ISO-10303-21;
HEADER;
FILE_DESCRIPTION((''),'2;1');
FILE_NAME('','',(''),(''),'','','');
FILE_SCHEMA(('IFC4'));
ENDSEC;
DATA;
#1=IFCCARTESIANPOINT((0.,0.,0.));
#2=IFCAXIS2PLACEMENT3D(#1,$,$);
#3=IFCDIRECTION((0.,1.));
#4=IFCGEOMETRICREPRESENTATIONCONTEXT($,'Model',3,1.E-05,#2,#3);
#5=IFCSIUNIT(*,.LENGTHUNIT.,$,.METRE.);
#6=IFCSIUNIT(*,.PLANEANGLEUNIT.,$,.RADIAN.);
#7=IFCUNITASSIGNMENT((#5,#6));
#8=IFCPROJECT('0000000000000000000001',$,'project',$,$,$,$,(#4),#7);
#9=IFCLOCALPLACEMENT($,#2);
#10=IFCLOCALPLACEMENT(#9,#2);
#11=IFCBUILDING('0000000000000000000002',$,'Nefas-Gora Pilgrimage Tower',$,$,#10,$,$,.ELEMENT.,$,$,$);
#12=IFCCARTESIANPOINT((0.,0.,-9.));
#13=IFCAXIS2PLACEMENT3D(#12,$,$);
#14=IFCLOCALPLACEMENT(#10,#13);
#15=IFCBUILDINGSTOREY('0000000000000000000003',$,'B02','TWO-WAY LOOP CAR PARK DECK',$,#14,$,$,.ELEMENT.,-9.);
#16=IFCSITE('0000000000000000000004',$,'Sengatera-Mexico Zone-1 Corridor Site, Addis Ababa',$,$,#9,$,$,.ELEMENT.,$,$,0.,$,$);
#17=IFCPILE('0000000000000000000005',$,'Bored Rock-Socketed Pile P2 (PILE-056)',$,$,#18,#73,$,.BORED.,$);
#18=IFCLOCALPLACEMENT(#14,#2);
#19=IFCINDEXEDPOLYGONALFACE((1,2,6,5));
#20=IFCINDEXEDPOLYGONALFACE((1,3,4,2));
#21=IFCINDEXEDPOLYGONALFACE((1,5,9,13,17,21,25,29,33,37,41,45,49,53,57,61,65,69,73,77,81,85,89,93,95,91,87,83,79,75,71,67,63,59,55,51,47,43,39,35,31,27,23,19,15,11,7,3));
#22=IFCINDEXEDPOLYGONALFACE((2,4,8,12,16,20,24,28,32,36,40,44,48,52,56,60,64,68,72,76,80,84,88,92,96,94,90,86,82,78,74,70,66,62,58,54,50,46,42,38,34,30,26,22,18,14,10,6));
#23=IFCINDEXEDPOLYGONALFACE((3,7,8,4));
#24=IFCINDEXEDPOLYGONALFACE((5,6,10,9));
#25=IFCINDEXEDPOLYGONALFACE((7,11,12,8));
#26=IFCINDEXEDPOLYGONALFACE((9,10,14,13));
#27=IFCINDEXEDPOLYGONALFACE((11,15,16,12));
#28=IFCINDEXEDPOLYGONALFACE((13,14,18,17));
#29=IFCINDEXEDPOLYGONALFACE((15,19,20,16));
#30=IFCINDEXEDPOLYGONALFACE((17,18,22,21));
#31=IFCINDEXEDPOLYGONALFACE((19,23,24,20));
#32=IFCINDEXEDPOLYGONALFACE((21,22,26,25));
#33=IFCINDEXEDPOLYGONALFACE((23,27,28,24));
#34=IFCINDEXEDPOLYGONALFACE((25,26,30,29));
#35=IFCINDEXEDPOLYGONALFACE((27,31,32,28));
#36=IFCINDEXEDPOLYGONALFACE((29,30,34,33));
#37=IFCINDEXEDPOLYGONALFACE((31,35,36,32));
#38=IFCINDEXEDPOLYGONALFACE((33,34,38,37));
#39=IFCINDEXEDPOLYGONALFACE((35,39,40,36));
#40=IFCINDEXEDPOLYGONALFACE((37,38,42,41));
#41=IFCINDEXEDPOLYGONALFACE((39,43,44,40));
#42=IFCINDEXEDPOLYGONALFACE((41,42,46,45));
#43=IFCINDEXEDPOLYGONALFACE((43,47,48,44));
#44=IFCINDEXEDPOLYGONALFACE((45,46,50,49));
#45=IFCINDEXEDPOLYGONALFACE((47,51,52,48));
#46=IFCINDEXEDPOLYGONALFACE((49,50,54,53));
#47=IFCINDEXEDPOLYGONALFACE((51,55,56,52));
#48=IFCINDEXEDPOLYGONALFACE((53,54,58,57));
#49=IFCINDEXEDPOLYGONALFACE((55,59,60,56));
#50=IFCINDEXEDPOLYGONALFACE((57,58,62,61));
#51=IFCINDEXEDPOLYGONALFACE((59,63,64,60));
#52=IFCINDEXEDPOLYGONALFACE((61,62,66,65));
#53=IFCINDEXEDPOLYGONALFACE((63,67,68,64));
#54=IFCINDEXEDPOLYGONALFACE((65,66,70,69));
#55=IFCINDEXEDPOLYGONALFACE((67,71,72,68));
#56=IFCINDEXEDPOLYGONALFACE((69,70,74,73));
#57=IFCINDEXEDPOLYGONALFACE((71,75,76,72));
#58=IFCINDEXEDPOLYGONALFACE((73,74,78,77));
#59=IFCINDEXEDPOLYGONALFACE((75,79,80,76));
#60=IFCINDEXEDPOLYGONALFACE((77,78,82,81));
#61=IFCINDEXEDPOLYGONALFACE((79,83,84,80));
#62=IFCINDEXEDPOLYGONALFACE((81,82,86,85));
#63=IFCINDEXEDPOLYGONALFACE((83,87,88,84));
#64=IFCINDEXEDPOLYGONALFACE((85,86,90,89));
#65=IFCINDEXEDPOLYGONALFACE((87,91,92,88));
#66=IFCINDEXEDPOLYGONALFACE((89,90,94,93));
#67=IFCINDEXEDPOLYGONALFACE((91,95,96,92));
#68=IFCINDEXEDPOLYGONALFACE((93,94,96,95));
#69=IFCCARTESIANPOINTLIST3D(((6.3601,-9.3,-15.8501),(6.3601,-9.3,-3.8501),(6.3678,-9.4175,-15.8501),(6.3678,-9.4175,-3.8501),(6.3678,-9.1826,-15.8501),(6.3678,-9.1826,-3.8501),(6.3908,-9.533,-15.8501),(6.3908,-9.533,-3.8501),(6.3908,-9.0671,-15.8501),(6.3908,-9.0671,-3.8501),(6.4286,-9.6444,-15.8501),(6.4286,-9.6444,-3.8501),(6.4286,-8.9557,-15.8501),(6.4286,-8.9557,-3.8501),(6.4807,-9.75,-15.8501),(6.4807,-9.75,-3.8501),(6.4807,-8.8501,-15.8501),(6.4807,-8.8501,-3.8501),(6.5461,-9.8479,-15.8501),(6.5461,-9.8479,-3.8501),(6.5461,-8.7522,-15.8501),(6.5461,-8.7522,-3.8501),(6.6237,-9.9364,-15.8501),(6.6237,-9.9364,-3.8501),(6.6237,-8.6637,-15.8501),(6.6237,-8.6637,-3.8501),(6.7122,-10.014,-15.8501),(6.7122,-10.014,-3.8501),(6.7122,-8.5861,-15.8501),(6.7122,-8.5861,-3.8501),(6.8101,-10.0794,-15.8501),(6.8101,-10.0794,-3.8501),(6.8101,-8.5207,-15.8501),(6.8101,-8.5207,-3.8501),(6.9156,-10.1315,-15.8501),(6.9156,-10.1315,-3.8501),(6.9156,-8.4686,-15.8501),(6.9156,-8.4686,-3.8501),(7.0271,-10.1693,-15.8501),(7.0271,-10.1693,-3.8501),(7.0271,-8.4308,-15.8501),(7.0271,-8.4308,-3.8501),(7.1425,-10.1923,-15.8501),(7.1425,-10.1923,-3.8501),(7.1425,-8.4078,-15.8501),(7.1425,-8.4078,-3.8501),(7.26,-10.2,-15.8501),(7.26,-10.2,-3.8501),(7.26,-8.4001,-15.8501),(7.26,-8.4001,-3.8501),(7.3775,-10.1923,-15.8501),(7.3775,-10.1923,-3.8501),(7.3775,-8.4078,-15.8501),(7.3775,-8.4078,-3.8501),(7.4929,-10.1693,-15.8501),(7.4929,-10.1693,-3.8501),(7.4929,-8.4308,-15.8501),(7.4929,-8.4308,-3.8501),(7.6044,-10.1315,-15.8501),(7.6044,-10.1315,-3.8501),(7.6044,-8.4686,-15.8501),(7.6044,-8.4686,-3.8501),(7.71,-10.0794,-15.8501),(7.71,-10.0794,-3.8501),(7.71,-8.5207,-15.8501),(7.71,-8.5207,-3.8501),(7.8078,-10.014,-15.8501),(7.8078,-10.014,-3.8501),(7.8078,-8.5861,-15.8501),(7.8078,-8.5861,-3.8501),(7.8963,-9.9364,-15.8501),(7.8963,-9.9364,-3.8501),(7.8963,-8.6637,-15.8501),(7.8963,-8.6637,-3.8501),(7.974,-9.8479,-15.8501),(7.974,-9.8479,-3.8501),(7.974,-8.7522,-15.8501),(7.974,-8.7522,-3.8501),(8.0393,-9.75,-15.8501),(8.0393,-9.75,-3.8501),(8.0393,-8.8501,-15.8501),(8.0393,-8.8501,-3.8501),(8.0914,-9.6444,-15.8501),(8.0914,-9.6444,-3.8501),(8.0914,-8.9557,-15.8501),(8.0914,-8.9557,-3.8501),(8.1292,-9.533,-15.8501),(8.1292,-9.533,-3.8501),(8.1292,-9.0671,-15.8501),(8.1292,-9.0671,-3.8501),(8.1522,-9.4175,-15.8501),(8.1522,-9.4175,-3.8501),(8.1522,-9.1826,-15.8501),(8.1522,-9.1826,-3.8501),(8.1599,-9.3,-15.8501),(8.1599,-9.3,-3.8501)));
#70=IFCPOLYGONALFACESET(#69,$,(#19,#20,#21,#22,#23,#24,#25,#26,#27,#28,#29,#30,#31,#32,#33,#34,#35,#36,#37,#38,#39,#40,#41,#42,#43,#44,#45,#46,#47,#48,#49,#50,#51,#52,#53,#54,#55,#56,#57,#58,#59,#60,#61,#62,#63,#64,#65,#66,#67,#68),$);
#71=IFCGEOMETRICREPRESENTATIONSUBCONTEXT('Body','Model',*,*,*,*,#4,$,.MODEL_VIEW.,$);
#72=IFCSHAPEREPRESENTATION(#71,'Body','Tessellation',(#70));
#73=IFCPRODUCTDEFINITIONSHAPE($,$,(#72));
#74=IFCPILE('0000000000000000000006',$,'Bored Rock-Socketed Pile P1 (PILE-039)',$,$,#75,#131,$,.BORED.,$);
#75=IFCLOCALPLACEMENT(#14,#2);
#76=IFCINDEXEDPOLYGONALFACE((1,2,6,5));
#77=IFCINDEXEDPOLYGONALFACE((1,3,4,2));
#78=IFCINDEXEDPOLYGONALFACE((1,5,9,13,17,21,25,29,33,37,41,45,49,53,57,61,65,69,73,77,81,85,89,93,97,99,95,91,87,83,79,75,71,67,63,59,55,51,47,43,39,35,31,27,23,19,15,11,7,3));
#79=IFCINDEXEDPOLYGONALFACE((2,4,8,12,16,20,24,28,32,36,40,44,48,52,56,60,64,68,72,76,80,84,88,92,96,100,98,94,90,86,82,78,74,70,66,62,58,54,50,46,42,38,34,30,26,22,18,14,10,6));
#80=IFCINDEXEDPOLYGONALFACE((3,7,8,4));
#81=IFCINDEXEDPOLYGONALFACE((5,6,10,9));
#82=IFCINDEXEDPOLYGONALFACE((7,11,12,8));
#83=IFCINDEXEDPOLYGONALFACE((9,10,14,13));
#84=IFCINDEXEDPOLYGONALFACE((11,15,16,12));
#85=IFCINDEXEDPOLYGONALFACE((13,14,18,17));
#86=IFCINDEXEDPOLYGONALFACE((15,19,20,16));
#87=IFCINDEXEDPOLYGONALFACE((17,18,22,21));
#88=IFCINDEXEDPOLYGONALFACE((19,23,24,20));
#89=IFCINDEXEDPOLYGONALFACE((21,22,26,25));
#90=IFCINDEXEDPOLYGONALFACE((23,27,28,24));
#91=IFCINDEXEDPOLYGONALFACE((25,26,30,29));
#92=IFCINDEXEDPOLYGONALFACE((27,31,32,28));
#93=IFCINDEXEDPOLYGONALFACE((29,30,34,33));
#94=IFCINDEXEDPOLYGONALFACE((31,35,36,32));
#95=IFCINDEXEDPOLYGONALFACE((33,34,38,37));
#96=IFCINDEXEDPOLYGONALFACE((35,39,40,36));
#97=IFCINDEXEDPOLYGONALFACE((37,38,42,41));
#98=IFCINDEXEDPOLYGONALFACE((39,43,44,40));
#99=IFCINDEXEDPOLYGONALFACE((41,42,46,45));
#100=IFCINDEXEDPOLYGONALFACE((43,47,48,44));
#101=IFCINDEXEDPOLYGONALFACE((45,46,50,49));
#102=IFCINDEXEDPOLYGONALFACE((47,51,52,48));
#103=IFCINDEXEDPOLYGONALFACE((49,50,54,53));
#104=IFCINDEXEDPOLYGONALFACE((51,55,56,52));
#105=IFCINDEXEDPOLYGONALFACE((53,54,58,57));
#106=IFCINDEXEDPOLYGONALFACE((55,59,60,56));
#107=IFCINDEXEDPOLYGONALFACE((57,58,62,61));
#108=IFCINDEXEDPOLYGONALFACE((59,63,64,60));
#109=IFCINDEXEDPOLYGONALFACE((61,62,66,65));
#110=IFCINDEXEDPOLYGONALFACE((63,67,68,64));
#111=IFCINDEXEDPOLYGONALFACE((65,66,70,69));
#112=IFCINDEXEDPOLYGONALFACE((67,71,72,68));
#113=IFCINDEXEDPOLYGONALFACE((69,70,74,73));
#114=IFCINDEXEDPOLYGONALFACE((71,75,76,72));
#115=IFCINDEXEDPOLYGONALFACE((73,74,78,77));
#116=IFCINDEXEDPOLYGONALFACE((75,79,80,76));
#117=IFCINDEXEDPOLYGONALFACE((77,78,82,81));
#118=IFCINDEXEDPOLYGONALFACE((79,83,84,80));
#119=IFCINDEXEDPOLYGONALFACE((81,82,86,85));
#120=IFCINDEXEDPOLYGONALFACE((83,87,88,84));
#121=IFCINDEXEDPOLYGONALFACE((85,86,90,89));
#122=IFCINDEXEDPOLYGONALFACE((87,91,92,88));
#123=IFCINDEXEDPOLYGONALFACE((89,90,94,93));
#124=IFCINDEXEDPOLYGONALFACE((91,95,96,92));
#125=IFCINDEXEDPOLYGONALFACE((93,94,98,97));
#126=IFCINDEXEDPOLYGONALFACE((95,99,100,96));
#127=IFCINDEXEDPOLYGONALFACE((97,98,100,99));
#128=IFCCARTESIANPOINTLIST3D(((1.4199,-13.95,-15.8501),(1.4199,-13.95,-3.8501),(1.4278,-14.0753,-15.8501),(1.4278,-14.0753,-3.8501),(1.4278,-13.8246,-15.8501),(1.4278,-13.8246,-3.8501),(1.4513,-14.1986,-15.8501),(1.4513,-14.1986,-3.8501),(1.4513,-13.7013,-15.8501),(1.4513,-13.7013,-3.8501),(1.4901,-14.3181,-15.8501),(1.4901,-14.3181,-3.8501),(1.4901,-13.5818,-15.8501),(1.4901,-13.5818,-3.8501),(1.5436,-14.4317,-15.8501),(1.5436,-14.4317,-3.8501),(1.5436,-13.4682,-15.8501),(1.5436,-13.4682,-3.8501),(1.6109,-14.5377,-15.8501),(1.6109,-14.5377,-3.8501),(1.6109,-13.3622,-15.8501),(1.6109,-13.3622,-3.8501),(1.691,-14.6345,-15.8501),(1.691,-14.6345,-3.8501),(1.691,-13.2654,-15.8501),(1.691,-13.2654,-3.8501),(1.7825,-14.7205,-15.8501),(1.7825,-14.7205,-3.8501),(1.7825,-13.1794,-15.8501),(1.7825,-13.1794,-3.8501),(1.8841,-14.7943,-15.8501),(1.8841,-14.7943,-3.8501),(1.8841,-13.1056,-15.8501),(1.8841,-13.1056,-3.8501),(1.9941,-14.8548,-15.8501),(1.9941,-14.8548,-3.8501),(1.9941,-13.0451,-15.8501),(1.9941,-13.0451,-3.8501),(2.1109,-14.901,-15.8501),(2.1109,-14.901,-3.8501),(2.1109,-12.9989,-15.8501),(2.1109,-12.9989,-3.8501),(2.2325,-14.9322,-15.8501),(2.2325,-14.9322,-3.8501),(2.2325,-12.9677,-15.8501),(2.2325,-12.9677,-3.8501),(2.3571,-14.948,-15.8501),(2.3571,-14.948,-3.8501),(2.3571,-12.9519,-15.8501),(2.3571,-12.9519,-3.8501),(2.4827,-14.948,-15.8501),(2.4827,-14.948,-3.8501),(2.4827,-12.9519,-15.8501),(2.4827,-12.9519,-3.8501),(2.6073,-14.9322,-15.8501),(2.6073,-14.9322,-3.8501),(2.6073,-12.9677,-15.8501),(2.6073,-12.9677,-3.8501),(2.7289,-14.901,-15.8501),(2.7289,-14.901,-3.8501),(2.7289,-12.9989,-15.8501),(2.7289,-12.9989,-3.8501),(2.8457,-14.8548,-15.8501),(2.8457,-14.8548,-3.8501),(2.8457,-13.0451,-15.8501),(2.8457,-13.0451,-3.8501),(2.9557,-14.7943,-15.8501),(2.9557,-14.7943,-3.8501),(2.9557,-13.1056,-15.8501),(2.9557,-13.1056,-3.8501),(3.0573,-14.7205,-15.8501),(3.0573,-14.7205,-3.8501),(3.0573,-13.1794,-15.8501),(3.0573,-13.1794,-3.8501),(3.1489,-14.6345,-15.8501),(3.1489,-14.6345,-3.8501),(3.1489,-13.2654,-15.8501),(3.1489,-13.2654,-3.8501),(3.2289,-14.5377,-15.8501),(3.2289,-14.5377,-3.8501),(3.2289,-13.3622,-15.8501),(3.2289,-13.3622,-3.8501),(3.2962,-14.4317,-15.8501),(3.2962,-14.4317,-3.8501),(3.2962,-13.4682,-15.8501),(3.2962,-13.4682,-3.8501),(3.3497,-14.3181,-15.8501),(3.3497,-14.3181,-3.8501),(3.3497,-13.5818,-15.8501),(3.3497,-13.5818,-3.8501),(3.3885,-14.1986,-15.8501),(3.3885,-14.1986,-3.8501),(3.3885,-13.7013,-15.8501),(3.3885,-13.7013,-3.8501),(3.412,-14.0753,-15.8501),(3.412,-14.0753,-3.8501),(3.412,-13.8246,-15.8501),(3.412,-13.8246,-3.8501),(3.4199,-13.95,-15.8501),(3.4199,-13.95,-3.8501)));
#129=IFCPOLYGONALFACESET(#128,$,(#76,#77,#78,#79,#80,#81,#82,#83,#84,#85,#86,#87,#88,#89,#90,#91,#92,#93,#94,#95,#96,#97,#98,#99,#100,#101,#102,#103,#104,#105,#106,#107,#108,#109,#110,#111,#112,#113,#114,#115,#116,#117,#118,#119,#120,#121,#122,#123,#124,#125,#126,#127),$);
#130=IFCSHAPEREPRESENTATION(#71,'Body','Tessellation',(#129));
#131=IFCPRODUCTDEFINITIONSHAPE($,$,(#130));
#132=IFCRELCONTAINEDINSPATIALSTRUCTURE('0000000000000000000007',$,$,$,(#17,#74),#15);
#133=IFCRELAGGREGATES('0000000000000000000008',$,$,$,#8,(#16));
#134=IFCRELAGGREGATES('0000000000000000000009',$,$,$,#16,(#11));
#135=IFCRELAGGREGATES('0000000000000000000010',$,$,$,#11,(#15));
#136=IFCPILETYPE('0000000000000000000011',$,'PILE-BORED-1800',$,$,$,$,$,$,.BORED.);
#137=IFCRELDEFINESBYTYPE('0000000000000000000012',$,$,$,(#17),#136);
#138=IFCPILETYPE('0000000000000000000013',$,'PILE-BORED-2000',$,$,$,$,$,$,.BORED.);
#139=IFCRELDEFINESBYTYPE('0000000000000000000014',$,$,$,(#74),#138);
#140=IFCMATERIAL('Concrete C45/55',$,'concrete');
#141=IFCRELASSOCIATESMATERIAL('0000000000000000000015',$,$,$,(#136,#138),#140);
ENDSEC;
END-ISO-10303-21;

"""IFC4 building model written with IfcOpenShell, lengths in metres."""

from ifc_helpers import new_model, si_unit, direction, frame, origin, origin_2d, place, context, subcontext, project, spatial, circle, extrude, source, transform, mapped, material, material_profile, profile_set, type_object, element, save


model = new_model("IFC4")

# Units and contexts
model_context = context("Model", 3, precision=1e-05, world=origin(), true_north=direction((0.0, 1.0)))
body_context = subcontext(model_context, "Body", "Model", "MODEL_VIEW")
ifc_project = project(units=[si_unit("LENGTHUNIT", "METRE"), si_unit("PLANEANGLEUNIT", "RADIAN")], contexts=[model_context])

# Site, building, storey
site_placement = place(None, origin())
site = spatial("IfcSite", under=ifc_project, at=site_placement, Name="Sengatera-Mexico Zone-1 Corridor Site, Addis Ababa", CompositionType="ELEMENT", RefElevation=0.0)
building_placement = place(site_placement, origin())
building = spatial("IfcBuilding", under=site, at=building_placement, Name="Nefas-Gora Pilgrimage Tower", CompositionType="ELEMENT")
storey_placement = place(building_placement, frame((0.0, 0.0, -9.0)))
storey = spatial("IfcBuildingStorey", under=building, at=storey_placement, Name="B02", Description="TWO-WAY LOOP CAR PARK DECK", CompositionType="ELEMENT", Elevation=-9.0)

# Piles
ifc_material_1 = material(Name="Concrete C45/55", Category="concrete")
ifc_material_profile_1 = material_profile(ifc_material_1, circle(Radius=0.8999, at=origin_2d()), Name="PILE D1800")
ifc_profile_set_1 = profile_set([ifc_material_profile_1], Name="Concrete C45/55")
pile_type_1 = type_object("IfcPileType", Name="PILE-BORED-1800", PredefinedType="BORED", material=ifc_profile_set_1)
shared_shape_1 = source(origin(), body_context, "Body", "SweptSolid", [
    extrude(circle(Radius=0.8999, at=origin_2d()), origin(), (0.0, 0.0, 1.0), 12.0),
])
for number, where, z_axis, x_axis, name in (
    (1, (7.26, -9.3, -3.8501), (0.0, 0.0, -1.0), (1.0, 0.0, 0.0), "Bored Rock-Socketed Pile P2 (PILE-056)"),
):
    element("IfcPile", number, at=place(storey_placement, frame(where, z_axis=z_axis, x_axis=x_axis)), inside=storey, type_object=pile_type_1, Name=name, PredefinedType="BORED", context=body_context, shape_type="MappedRepresentation", body=[
        mapped(shared_shape_1, transform((0.0, 0.0, 0.0), x_axis=(1.0, 0.0, 0.0), y_axis=(0.0, 1.0, 0.0), z_axis=(0.0, 0.0, 1.0), scale=1.0)),
    ])
ifc_material_profile_2 = material_profile(ifc_material_1, circle(Radius=1.0, at=origin_2d()), Name="PILE D2000")
ifc_profile_set_2 = profile_set([ifc_material_profile_2], Name="Concrete C45/55")
pile_type_2 = type_object("IfcPileType", Name="PILE-BORED-2000", PredefinedType="BORED", material=ifc_profile_set_2)
shared_shape_2 = source(origin(), body_context, "Body", "SweptSolid", [
    extrude(circle(Radius=1.0, at=origin_2d()), origin(), (0.0, 0.0, 1.0), 12.0),
])
pile_placement = place(storey_placement, frame((2.4199, -13.95, -3.8501), z_axis=(0.0, 0.0, -1.0), x_axis=(1.0, 0.0, 0.0)))
element("IfcPile", 2, at=pile_placement, inside=storey, type_object=pile_type_2, Name="Bored Rock-Socketed Pile P1 (PILE-039)", PredefinedType="BORED", context=body_context, shape_type="MappedRepresentation", body=[
    mapped(shared_shape_2, transform((0.0, 0.0, 0.0), x_axis=(1.0, 0.0, 0.0), y_axis=(0.0, 1.0, 0.0), z_axis=(0.0, 0.0, 1.0), scale=1.0)),
])

save(model, "model.ifc")
